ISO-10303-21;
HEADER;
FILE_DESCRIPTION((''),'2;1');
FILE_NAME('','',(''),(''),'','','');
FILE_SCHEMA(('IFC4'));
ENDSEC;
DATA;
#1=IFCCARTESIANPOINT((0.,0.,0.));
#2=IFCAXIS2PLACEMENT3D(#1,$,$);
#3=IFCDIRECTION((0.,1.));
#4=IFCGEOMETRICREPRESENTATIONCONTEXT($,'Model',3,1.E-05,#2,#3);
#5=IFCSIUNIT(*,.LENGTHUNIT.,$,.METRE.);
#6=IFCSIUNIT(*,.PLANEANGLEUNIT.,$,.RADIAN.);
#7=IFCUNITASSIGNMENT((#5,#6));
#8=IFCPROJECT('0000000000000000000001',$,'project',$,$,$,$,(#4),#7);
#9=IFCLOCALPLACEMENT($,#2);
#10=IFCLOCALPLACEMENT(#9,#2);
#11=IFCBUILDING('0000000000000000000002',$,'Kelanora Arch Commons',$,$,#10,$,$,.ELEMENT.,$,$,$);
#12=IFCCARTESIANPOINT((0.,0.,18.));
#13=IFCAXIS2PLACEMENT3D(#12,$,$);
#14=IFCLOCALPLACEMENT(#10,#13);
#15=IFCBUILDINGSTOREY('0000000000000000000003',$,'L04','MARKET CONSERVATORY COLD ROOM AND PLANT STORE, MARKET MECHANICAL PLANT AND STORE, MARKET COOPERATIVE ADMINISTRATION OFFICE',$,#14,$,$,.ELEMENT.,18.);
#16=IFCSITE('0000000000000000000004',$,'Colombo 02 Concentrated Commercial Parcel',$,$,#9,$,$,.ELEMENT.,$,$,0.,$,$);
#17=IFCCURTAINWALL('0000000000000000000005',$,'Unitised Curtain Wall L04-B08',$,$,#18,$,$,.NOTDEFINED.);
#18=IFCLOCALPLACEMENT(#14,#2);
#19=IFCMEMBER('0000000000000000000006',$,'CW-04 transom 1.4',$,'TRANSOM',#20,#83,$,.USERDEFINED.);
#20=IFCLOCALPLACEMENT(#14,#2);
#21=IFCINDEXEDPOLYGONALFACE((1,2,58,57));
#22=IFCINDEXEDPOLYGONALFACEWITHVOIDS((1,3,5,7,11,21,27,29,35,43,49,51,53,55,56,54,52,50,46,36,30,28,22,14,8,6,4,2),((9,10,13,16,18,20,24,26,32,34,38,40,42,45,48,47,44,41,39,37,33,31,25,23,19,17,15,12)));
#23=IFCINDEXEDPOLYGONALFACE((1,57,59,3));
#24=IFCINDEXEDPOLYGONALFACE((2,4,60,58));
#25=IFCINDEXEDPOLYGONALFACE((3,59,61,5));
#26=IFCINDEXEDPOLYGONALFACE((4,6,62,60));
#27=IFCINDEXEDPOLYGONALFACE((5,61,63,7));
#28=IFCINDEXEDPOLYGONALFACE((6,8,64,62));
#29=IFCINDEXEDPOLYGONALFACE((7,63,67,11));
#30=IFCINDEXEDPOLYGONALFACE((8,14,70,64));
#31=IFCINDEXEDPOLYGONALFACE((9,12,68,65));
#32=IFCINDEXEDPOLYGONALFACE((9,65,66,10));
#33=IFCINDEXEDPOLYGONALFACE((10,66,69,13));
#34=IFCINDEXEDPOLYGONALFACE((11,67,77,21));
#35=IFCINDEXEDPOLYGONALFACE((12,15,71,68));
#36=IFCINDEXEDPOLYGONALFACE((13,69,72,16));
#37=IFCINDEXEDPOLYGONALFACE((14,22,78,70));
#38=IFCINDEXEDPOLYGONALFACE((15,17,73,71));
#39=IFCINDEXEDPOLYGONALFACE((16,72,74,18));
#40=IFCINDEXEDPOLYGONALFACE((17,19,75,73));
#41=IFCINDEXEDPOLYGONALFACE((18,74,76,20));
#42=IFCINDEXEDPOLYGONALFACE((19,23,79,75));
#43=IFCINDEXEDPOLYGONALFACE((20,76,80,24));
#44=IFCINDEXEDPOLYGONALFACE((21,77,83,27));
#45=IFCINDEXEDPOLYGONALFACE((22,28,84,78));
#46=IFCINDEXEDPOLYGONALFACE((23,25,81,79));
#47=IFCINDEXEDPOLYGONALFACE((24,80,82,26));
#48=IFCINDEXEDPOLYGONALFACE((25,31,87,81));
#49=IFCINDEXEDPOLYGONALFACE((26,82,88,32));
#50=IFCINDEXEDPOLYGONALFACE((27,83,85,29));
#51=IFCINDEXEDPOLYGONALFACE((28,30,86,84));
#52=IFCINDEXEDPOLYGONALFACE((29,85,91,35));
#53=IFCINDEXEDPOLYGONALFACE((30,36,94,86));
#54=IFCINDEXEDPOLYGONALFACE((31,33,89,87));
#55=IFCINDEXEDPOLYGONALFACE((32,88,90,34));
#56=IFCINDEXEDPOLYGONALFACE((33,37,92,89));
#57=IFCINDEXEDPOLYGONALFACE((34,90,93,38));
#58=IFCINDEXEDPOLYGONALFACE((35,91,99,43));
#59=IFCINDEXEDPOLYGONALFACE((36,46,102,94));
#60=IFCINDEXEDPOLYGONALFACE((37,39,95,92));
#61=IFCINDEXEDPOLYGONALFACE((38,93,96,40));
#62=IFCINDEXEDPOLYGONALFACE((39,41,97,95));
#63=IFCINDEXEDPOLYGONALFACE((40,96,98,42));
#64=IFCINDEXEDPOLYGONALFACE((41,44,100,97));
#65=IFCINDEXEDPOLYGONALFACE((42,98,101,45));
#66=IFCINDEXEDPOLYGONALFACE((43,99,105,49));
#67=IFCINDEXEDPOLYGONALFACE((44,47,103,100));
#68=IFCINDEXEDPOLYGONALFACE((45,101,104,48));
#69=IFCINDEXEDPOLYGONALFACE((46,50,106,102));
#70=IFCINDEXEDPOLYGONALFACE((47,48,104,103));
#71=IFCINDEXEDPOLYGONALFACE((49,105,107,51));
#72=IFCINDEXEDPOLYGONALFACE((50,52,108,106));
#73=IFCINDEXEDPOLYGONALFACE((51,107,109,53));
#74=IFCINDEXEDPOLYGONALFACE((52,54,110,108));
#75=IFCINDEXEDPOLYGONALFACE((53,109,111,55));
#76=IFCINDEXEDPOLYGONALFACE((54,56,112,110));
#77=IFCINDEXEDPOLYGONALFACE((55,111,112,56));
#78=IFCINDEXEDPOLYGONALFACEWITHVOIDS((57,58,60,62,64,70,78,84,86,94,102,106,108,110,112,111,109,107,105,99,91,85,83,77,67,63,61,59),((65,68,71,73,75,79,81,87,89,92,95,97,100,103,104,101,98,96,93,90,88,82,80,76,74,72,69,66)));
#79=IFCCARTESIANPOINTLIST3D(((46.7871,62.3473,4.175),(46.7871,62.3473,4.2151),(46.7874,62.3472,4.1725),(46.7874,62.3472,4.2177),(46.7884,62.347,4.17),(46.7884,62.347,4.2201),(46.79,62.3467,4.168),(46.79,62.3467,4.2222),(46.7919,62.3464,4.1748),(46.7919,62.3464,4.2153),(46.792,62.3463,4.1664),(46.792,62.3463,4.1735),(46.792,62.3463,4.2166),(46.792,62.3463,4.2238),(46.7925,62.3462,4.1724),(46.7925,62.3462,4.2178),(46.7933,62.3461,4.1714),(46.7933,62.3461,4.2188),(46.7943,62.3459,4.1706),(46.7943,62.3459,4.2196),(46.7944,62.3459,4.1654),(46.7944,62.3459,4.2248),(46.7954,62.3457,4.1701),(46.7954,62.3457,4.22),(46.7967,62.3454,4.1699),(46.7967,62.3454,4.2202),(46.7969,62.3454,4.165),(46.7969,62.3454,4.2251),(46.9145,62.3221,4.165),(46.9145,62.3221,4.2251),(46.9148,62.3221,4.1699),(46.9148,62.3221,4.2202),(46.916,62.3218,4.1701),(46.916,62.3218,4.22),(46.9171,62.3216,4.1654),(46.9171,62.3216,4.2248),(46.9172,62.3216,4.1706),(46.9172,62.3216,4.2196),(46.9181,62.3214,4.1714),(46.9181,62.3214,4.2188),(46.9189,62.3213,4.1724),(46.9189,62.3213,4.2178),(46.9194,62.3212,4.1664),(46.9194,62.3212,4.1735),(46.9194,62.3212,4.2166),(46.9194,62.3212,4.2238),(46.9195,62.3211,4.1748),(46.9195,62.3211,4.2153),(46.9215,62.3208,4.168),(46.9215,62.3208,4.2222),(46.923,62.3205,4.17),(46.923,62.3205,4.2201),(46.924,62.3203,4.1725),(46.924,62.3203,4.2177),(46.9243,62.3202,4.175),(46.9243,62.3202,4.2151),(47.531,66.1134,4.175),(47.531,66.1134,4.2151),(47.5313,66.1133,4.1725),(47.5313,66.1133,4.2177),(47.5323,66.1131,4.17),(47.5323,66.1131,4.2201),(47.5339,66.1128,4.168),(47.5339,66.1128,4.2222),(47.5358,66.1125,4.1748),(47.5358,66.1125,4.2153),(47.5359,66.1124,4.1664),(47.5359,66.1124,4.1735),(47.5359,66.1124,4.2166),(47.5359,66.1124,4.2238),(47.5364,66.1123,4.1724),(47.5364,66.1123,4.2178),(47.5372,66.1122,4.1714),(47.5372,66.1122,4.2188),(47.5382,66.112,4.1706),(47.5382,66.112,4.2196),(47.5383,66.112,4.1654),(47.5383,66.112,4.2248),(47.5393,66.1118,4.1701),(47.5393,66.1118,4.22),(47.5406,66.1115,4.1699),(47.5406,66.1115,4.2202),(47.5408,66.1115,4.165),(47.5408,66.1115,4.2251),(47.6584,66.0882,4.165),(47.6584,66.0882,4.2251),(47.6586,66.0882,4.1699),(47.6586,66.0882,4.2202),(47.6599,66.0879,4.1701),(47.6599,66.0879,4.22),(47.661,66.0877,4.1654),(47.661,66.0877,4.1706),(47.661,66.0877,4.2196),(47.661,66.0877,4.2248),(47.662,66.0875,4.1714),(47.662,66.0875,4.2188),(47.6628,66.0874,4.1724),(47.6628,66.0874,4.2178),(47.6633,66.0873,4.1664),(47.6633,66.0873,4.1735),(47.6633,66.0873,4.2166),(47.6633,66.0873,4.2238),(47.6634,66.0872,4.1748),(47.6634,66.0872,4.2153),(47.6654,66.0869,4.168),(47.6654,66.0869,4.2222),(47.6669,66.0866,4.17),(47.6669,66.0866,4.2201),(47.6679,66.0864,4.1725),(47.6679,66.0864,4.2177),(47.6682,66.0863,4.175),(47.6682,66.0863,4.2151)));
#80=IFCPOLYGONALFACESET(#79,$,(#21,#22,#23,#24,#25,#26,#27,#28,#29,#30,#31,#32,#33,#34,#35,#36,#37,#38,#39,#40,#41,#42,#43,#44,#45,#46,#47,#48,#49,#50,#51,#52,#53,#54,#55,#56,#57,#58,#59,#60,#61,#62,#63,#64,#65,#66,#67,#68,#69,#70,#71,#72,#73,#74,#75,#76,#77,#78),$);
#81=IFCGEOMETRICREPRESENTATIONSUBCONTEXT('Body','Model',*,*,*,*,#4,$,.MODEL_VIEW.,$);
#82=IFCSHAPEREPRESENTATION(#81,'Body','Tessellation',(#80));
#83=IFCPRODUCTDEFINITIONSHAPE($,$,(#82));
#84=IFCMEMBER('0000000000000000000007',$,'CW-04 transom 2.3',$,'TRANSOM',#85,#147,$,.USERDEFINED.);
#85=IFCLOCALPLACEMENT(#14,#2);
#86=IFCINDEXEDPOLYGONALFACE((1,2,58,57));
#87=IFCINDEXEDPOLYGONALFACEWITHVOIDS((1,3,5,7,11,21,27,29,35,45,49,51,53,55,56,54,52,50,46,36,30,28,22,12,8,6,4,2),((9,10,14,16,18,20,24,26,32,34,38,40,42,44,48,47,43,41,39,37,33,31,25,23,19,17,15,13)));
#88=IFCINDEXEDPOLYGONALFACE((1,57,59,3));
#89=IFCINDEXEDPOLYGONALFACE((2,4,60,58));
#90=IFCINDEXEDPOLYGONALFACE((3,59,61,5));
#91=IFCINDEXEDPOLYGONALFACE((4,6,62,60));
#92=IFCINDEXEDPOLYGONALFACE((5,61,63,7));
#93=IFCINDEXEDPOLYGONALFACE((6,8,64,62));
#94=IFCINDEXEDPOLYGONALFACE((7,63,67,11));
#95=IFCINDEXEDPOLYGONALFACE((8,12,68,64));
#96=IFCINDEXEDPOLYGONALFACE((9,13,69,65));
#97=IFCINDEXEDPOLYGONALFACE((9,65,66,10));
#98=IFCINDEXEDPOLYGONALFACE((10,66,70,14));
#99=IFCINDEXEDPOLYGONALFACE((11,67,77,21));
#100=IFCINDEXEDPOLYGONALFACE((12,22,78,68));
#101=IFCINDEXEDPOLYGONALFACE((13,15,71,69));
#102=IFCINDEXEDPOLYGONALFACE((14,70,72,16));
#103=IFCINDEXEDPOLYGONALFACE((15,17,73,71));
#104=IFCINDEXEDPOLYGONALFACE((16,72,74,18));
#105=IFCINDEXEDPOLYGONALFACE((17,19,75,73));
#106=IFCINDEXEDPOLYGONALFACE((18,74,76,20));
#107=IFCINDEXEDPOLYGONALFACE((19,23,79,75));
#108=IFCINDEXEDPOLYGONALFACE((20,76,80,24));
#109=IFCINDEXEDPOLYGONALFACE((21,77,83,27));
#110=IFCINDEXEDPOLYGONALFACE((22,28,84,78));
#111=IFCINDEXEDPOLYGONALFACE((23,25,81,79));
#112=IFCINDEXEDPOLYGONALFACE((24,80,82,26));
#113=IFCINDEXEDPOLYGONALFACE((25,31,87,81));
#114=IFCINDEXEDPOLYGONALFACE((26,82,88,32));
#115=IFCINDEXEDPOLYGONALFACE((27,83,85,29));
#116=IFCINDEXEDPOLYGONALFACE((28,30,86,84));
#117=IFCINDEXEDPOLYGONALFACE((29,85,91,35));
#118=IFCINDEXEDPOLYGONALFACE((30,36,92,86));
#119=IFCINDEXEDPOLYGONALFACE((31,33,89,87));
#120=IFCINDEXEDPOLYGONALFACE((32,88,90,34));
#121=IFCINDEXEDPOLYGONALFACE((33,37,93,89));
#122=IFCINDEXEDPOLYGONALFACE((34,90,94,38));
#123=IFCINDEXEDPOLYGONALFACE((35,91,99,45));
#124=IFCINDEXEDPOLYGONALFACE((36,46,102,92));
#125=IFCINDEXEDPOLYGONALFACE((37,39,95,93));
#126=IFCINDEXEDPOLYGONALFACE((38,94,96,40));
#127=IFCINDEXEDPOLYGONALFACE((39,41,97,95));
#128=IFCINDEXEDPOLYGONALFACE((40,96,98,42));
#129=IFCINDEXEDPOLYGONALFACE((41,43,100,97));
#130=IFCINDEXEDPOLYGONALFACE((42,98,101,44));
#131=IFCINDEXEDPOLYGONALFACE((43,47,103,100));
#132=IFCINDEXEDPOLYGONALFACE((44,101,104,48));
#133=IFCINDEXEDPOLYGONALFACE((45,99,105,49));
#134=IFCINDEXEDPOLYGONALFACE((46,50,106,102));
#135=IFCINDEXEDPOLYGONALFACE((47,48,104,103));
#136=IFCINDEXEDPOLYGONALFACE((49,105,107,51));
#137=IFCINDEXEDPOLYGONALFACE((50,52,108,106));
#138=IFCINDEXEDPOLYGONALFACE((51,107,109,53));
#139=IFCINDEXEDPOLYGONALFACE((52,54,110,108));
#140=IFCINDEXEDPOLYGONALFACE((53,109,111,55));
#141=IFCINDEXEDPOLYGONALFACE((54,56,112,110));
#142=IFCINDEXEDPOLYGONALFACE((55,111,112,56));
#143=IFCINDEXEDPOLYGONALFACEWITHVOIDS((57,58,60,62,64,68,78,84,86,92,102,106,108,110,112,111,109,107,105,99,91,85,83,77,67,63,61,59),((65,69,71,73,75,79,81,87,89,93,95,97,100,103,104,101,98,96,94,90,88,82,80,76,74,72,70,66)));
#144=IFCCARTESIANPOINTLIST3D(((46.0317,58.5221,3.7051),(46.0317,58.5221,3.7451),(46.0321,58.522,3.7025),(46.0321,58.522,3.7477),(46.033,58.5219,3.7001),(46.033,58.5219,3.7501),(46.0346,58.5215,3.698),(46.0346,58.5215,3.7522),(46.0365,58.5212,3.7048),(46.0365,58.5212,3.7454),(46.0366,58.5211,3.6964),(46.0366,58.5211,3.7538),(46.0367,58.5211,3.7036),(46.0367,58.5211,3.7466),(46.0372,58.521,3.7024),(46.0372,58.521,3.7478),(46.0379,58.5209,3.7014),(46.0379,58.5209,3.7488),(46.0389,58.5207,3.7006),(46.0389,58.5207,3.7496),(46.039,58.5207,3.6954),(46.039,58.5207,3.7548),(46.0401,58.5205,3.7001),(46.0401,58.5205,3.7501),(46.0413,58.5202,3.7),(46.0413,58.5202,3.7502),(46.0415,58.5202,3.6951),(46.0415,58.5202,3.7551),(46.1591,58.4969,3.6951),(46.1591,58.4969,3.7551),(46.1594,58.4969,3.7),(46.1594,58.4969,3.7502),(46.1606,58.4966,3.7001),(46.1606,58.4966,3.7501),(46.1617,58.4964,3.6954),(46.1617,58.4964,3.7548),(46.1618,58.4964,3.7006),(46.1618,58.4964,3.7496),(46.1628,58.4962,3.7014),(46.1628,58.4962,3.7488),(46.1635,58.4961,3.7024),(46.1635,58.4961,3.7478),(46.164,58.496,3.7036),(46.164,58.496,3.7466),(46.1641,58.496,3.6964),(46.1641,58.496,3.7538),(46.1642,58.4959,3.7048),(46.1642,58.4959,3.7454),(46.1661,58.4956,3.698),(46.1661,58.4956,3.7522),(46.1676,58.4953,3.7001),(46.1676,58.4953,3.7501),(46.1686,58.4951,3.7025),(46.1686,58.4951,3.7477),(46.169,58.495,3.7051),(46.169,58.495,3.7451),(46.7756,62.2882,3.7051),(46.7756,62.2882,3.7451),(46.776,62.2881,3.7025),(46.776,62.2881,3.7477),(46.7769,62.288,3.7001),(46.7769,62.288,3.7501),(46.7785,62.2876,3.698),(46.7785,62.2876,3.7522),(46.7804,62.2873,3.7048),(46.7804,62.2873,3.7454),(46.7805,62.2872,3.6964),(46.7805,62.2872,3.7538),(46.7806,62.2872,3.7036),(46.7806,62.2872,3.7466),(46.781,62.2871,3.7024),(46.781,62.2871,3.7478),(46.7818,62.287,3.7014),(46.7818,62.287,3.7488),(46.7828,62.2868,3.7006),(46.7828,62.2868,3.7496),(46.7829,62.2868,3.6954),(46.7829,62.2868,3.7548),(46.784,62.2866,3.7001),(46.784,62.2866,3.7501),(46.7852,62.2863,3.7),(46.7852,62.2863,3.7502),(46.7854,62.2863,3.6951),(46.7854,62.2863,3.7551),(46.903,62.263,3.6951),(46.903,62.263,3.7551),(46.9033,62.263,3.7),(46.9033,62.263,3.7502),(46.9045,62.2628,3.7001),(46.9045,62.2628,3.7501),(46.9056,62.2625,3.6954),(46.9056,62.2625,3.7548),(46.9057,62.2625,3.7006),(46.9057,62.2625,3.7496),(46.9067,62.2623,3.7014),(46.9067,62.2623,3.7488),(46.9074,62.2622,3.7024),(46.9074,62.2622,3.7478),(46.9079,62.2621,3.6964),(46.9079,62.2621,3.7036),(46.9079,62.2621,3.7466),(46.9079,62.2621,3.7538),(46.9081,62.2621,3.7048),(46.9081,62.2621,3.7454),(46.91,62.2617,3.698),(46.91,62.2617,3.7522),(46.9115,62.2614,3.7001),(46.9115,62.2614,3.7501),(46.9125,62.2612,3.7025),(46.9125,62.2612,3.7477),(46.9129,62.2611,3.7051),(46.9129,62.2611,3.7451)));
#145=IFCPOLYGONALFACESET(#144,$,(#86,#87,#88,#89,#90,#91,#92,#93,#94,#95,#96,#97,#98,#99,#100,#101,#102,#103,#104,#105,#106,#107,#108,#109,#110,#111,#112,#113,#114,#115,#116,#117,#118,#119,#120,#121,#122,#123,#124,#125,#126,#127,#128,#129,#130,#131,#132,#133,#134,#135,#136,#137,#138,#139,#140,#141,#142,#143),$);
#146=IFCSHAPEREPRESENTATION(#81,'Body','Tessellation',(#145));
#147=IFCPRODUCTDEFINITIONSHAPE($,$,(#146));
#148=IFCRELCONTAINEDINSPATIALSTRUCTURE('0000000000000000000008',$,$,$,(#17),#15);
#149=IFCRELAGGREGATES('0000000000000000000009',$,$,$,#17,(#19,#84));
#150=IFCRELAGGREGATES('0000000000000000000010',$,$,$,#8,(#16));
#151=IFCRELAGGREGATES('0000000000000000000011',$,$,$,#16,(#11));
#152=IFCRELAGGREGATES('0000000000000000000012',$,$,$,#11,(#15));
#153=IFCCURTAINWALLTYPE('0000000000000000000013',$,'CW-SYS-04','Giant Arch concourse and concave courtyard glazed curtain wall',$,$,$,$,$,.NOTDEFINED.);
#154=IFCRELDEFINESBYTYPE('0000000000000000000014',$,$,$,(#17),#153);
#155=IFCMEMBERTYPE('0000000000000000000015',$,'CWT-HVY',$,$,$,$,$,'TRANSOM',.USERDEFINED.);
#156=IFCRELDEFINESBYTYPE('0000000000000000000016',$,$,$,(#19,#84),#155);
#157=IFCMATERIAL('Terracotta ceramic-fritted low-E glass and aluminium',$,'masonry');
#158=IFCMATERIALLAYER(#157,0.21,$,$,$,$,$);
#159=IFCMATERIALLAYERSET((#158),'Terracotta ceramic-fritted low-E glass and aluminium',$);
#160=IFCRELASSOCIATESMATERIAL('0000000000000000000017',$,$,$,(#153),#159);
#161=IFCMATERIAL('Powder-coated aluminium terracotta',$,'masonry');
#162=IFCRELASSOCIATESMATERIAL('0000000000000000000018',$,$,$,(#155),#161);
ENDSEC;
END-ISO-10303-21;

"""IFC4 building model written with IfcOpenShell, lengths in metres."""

from ifc_helpers import new_model, si_unit, direction, frame, origin, origin_2d, place, context, subcontext, project, spatial, hollow_rectangle, extrude, material, layer, layer_set, material_profile, profile_set, type_object, element, aggregate, save


model = new_model("IFC4")

# Units and contexts
model_context = context("Model", 3, precision=1e-05, world=origin(), true_north=direction((0.0, 1.0)))
body_context = subcontext(model_context, "Body", "Model", "MODEL_VIEW")
ifc_project = project(units=[si_unit("LENGTHUNIT", "METRE"), si_unit("PLANEANGLEUNIT", "RADIAN")], contexts=[model_context])

# Site, building, storey
site_placement = place(None, origin())
site = spatial("IfcSite", under=ifc_project, at=site_placement, Name="Colombo 02 Concentrated Commercial Parcel", CompositionType="ELEMENT", RefElevation=0.0)
building_placement = place(site_placement, origin())
building = spatial("IfcBuilding", under=site, at=building_placement, Name="Kelanora Arch Commons", CompositionType="ELEMENT")
storey_placement = place(building_placement, frame((0.0, 0.0, 18.0)))
storey = spatial("IfcBuildingStorey", under=building, at=storey_placement, Name="L04", Description="MARKET CONSERVATORY COLD ROOM AND PLANT STORE, MARKET MECHANICAL PLANT AND STORE, MARKET COOPERATIVE ADMINISTRATION OFFICE", CompositionType="ELEMENT", Elevation=18.0)

# Curtain wall, members
ifc_material_1 = material(Name="Terracotta ceramic-fritted low-E glass and aluminium", Category="masonry")
ifc_layer_1 = layer(ifc_material_1, 0.21)
ifc_layer_set_1 = layer_set([ifc_layer_1], Name="Terracotta ceramic-fritted low-E glass and aluminium")
curtain_wall_type = type_object("IfcCurtainWallType", Name="CW-SYS-04", Description="Giant Arch concourse and concave courtyard glazed curtain wall", PredefinedType="NOTDEFINED", material=ifc_layer_set_1)
curtain_wall_placement = place(storey_placement, origin())
curtain_wall = element("IfcCurtainWall", 1, at=curtain_wall_placement, inside=storey, type_object=curtain_wall_type, Name="Unitised Curtain Wall L04-B08", PredefinedType="NOTDEFINED")
ifc_material_2 = material(Name="Powder-coated aluminium terracotta", Category="masonry")
ifc_material_profile_1 = material_profile(ifc_material_2, hollow_rectangle(XDim=0.1399, YDim=0.0601, WallThickness=0.0049, InnerFilletRadius=0.0049, OuterFilletRadius=0.01, at=origin_2d()), Name="CWT140x60")
ifc_profile_set_1 = profile_set([ifc_material_profile_1], Name="Powder-coated aluminium terracotta")
member_type_1 = type_object("IfcMemberType", Name="CWT-HVY", ElementType="TRANSOM", PredefinedType="USERDEFINED", material=ifc_profile_set_1)
member_1_placement = place(storey_placement, frame((47.5996, 66.0999, 4.1951), z_axis=(-0.19378, -0.981045, 0.0), x_axis=(0.981045, -0.19378, 0.0)))
member_1 = element("IfcMember", 2, at=member_1_placement, type_object=member_type_1, Name="CW-04 transom 1.4", ObjectType="TRANSOM", PredefinedType="USERDEFINED", context=body_context, shape_type="SweptSolid", body=[
    extrude(hollow_rectangle(XDim=0.1399, YDim=0.0601, WallThickness=0.0049, InnerFilletRadius=0.0049, OuterFilletRadius=0.01, at=origin_2d()), origin(), (0.0, 0.0, 1.0), 3.8389),
])
member_2_placement = place(storey_placement, frame((46.8442, 62.2747, 3.7251), z_axis=(-0.19378, -0.981045, 0.0), x_axis=(0.981045, -0.19378, 0.0)))
member_2 = element("IfcMember", 3, at=member_2_placement, type_object=member_type_1, Name="CW-04 transom 2.3", ObjectType="TRANSOM", PredefinedType="USERDEFINED", context=body_context, shape_type="SweptSolid", body=[
    extrude(hollow_rectangle(XDim=0.1399, YDim=0.0601, WallThickness=0.0049, InnerFilletRadius=0.0049, OuterFilletRadius=0.01, at=origin_2d()), origin(), (0.0, 0.0, 1.0), 3.8389),
])
aggregate(curtain_wall, [member_1, member_2])

save(model, "model.ifc")
